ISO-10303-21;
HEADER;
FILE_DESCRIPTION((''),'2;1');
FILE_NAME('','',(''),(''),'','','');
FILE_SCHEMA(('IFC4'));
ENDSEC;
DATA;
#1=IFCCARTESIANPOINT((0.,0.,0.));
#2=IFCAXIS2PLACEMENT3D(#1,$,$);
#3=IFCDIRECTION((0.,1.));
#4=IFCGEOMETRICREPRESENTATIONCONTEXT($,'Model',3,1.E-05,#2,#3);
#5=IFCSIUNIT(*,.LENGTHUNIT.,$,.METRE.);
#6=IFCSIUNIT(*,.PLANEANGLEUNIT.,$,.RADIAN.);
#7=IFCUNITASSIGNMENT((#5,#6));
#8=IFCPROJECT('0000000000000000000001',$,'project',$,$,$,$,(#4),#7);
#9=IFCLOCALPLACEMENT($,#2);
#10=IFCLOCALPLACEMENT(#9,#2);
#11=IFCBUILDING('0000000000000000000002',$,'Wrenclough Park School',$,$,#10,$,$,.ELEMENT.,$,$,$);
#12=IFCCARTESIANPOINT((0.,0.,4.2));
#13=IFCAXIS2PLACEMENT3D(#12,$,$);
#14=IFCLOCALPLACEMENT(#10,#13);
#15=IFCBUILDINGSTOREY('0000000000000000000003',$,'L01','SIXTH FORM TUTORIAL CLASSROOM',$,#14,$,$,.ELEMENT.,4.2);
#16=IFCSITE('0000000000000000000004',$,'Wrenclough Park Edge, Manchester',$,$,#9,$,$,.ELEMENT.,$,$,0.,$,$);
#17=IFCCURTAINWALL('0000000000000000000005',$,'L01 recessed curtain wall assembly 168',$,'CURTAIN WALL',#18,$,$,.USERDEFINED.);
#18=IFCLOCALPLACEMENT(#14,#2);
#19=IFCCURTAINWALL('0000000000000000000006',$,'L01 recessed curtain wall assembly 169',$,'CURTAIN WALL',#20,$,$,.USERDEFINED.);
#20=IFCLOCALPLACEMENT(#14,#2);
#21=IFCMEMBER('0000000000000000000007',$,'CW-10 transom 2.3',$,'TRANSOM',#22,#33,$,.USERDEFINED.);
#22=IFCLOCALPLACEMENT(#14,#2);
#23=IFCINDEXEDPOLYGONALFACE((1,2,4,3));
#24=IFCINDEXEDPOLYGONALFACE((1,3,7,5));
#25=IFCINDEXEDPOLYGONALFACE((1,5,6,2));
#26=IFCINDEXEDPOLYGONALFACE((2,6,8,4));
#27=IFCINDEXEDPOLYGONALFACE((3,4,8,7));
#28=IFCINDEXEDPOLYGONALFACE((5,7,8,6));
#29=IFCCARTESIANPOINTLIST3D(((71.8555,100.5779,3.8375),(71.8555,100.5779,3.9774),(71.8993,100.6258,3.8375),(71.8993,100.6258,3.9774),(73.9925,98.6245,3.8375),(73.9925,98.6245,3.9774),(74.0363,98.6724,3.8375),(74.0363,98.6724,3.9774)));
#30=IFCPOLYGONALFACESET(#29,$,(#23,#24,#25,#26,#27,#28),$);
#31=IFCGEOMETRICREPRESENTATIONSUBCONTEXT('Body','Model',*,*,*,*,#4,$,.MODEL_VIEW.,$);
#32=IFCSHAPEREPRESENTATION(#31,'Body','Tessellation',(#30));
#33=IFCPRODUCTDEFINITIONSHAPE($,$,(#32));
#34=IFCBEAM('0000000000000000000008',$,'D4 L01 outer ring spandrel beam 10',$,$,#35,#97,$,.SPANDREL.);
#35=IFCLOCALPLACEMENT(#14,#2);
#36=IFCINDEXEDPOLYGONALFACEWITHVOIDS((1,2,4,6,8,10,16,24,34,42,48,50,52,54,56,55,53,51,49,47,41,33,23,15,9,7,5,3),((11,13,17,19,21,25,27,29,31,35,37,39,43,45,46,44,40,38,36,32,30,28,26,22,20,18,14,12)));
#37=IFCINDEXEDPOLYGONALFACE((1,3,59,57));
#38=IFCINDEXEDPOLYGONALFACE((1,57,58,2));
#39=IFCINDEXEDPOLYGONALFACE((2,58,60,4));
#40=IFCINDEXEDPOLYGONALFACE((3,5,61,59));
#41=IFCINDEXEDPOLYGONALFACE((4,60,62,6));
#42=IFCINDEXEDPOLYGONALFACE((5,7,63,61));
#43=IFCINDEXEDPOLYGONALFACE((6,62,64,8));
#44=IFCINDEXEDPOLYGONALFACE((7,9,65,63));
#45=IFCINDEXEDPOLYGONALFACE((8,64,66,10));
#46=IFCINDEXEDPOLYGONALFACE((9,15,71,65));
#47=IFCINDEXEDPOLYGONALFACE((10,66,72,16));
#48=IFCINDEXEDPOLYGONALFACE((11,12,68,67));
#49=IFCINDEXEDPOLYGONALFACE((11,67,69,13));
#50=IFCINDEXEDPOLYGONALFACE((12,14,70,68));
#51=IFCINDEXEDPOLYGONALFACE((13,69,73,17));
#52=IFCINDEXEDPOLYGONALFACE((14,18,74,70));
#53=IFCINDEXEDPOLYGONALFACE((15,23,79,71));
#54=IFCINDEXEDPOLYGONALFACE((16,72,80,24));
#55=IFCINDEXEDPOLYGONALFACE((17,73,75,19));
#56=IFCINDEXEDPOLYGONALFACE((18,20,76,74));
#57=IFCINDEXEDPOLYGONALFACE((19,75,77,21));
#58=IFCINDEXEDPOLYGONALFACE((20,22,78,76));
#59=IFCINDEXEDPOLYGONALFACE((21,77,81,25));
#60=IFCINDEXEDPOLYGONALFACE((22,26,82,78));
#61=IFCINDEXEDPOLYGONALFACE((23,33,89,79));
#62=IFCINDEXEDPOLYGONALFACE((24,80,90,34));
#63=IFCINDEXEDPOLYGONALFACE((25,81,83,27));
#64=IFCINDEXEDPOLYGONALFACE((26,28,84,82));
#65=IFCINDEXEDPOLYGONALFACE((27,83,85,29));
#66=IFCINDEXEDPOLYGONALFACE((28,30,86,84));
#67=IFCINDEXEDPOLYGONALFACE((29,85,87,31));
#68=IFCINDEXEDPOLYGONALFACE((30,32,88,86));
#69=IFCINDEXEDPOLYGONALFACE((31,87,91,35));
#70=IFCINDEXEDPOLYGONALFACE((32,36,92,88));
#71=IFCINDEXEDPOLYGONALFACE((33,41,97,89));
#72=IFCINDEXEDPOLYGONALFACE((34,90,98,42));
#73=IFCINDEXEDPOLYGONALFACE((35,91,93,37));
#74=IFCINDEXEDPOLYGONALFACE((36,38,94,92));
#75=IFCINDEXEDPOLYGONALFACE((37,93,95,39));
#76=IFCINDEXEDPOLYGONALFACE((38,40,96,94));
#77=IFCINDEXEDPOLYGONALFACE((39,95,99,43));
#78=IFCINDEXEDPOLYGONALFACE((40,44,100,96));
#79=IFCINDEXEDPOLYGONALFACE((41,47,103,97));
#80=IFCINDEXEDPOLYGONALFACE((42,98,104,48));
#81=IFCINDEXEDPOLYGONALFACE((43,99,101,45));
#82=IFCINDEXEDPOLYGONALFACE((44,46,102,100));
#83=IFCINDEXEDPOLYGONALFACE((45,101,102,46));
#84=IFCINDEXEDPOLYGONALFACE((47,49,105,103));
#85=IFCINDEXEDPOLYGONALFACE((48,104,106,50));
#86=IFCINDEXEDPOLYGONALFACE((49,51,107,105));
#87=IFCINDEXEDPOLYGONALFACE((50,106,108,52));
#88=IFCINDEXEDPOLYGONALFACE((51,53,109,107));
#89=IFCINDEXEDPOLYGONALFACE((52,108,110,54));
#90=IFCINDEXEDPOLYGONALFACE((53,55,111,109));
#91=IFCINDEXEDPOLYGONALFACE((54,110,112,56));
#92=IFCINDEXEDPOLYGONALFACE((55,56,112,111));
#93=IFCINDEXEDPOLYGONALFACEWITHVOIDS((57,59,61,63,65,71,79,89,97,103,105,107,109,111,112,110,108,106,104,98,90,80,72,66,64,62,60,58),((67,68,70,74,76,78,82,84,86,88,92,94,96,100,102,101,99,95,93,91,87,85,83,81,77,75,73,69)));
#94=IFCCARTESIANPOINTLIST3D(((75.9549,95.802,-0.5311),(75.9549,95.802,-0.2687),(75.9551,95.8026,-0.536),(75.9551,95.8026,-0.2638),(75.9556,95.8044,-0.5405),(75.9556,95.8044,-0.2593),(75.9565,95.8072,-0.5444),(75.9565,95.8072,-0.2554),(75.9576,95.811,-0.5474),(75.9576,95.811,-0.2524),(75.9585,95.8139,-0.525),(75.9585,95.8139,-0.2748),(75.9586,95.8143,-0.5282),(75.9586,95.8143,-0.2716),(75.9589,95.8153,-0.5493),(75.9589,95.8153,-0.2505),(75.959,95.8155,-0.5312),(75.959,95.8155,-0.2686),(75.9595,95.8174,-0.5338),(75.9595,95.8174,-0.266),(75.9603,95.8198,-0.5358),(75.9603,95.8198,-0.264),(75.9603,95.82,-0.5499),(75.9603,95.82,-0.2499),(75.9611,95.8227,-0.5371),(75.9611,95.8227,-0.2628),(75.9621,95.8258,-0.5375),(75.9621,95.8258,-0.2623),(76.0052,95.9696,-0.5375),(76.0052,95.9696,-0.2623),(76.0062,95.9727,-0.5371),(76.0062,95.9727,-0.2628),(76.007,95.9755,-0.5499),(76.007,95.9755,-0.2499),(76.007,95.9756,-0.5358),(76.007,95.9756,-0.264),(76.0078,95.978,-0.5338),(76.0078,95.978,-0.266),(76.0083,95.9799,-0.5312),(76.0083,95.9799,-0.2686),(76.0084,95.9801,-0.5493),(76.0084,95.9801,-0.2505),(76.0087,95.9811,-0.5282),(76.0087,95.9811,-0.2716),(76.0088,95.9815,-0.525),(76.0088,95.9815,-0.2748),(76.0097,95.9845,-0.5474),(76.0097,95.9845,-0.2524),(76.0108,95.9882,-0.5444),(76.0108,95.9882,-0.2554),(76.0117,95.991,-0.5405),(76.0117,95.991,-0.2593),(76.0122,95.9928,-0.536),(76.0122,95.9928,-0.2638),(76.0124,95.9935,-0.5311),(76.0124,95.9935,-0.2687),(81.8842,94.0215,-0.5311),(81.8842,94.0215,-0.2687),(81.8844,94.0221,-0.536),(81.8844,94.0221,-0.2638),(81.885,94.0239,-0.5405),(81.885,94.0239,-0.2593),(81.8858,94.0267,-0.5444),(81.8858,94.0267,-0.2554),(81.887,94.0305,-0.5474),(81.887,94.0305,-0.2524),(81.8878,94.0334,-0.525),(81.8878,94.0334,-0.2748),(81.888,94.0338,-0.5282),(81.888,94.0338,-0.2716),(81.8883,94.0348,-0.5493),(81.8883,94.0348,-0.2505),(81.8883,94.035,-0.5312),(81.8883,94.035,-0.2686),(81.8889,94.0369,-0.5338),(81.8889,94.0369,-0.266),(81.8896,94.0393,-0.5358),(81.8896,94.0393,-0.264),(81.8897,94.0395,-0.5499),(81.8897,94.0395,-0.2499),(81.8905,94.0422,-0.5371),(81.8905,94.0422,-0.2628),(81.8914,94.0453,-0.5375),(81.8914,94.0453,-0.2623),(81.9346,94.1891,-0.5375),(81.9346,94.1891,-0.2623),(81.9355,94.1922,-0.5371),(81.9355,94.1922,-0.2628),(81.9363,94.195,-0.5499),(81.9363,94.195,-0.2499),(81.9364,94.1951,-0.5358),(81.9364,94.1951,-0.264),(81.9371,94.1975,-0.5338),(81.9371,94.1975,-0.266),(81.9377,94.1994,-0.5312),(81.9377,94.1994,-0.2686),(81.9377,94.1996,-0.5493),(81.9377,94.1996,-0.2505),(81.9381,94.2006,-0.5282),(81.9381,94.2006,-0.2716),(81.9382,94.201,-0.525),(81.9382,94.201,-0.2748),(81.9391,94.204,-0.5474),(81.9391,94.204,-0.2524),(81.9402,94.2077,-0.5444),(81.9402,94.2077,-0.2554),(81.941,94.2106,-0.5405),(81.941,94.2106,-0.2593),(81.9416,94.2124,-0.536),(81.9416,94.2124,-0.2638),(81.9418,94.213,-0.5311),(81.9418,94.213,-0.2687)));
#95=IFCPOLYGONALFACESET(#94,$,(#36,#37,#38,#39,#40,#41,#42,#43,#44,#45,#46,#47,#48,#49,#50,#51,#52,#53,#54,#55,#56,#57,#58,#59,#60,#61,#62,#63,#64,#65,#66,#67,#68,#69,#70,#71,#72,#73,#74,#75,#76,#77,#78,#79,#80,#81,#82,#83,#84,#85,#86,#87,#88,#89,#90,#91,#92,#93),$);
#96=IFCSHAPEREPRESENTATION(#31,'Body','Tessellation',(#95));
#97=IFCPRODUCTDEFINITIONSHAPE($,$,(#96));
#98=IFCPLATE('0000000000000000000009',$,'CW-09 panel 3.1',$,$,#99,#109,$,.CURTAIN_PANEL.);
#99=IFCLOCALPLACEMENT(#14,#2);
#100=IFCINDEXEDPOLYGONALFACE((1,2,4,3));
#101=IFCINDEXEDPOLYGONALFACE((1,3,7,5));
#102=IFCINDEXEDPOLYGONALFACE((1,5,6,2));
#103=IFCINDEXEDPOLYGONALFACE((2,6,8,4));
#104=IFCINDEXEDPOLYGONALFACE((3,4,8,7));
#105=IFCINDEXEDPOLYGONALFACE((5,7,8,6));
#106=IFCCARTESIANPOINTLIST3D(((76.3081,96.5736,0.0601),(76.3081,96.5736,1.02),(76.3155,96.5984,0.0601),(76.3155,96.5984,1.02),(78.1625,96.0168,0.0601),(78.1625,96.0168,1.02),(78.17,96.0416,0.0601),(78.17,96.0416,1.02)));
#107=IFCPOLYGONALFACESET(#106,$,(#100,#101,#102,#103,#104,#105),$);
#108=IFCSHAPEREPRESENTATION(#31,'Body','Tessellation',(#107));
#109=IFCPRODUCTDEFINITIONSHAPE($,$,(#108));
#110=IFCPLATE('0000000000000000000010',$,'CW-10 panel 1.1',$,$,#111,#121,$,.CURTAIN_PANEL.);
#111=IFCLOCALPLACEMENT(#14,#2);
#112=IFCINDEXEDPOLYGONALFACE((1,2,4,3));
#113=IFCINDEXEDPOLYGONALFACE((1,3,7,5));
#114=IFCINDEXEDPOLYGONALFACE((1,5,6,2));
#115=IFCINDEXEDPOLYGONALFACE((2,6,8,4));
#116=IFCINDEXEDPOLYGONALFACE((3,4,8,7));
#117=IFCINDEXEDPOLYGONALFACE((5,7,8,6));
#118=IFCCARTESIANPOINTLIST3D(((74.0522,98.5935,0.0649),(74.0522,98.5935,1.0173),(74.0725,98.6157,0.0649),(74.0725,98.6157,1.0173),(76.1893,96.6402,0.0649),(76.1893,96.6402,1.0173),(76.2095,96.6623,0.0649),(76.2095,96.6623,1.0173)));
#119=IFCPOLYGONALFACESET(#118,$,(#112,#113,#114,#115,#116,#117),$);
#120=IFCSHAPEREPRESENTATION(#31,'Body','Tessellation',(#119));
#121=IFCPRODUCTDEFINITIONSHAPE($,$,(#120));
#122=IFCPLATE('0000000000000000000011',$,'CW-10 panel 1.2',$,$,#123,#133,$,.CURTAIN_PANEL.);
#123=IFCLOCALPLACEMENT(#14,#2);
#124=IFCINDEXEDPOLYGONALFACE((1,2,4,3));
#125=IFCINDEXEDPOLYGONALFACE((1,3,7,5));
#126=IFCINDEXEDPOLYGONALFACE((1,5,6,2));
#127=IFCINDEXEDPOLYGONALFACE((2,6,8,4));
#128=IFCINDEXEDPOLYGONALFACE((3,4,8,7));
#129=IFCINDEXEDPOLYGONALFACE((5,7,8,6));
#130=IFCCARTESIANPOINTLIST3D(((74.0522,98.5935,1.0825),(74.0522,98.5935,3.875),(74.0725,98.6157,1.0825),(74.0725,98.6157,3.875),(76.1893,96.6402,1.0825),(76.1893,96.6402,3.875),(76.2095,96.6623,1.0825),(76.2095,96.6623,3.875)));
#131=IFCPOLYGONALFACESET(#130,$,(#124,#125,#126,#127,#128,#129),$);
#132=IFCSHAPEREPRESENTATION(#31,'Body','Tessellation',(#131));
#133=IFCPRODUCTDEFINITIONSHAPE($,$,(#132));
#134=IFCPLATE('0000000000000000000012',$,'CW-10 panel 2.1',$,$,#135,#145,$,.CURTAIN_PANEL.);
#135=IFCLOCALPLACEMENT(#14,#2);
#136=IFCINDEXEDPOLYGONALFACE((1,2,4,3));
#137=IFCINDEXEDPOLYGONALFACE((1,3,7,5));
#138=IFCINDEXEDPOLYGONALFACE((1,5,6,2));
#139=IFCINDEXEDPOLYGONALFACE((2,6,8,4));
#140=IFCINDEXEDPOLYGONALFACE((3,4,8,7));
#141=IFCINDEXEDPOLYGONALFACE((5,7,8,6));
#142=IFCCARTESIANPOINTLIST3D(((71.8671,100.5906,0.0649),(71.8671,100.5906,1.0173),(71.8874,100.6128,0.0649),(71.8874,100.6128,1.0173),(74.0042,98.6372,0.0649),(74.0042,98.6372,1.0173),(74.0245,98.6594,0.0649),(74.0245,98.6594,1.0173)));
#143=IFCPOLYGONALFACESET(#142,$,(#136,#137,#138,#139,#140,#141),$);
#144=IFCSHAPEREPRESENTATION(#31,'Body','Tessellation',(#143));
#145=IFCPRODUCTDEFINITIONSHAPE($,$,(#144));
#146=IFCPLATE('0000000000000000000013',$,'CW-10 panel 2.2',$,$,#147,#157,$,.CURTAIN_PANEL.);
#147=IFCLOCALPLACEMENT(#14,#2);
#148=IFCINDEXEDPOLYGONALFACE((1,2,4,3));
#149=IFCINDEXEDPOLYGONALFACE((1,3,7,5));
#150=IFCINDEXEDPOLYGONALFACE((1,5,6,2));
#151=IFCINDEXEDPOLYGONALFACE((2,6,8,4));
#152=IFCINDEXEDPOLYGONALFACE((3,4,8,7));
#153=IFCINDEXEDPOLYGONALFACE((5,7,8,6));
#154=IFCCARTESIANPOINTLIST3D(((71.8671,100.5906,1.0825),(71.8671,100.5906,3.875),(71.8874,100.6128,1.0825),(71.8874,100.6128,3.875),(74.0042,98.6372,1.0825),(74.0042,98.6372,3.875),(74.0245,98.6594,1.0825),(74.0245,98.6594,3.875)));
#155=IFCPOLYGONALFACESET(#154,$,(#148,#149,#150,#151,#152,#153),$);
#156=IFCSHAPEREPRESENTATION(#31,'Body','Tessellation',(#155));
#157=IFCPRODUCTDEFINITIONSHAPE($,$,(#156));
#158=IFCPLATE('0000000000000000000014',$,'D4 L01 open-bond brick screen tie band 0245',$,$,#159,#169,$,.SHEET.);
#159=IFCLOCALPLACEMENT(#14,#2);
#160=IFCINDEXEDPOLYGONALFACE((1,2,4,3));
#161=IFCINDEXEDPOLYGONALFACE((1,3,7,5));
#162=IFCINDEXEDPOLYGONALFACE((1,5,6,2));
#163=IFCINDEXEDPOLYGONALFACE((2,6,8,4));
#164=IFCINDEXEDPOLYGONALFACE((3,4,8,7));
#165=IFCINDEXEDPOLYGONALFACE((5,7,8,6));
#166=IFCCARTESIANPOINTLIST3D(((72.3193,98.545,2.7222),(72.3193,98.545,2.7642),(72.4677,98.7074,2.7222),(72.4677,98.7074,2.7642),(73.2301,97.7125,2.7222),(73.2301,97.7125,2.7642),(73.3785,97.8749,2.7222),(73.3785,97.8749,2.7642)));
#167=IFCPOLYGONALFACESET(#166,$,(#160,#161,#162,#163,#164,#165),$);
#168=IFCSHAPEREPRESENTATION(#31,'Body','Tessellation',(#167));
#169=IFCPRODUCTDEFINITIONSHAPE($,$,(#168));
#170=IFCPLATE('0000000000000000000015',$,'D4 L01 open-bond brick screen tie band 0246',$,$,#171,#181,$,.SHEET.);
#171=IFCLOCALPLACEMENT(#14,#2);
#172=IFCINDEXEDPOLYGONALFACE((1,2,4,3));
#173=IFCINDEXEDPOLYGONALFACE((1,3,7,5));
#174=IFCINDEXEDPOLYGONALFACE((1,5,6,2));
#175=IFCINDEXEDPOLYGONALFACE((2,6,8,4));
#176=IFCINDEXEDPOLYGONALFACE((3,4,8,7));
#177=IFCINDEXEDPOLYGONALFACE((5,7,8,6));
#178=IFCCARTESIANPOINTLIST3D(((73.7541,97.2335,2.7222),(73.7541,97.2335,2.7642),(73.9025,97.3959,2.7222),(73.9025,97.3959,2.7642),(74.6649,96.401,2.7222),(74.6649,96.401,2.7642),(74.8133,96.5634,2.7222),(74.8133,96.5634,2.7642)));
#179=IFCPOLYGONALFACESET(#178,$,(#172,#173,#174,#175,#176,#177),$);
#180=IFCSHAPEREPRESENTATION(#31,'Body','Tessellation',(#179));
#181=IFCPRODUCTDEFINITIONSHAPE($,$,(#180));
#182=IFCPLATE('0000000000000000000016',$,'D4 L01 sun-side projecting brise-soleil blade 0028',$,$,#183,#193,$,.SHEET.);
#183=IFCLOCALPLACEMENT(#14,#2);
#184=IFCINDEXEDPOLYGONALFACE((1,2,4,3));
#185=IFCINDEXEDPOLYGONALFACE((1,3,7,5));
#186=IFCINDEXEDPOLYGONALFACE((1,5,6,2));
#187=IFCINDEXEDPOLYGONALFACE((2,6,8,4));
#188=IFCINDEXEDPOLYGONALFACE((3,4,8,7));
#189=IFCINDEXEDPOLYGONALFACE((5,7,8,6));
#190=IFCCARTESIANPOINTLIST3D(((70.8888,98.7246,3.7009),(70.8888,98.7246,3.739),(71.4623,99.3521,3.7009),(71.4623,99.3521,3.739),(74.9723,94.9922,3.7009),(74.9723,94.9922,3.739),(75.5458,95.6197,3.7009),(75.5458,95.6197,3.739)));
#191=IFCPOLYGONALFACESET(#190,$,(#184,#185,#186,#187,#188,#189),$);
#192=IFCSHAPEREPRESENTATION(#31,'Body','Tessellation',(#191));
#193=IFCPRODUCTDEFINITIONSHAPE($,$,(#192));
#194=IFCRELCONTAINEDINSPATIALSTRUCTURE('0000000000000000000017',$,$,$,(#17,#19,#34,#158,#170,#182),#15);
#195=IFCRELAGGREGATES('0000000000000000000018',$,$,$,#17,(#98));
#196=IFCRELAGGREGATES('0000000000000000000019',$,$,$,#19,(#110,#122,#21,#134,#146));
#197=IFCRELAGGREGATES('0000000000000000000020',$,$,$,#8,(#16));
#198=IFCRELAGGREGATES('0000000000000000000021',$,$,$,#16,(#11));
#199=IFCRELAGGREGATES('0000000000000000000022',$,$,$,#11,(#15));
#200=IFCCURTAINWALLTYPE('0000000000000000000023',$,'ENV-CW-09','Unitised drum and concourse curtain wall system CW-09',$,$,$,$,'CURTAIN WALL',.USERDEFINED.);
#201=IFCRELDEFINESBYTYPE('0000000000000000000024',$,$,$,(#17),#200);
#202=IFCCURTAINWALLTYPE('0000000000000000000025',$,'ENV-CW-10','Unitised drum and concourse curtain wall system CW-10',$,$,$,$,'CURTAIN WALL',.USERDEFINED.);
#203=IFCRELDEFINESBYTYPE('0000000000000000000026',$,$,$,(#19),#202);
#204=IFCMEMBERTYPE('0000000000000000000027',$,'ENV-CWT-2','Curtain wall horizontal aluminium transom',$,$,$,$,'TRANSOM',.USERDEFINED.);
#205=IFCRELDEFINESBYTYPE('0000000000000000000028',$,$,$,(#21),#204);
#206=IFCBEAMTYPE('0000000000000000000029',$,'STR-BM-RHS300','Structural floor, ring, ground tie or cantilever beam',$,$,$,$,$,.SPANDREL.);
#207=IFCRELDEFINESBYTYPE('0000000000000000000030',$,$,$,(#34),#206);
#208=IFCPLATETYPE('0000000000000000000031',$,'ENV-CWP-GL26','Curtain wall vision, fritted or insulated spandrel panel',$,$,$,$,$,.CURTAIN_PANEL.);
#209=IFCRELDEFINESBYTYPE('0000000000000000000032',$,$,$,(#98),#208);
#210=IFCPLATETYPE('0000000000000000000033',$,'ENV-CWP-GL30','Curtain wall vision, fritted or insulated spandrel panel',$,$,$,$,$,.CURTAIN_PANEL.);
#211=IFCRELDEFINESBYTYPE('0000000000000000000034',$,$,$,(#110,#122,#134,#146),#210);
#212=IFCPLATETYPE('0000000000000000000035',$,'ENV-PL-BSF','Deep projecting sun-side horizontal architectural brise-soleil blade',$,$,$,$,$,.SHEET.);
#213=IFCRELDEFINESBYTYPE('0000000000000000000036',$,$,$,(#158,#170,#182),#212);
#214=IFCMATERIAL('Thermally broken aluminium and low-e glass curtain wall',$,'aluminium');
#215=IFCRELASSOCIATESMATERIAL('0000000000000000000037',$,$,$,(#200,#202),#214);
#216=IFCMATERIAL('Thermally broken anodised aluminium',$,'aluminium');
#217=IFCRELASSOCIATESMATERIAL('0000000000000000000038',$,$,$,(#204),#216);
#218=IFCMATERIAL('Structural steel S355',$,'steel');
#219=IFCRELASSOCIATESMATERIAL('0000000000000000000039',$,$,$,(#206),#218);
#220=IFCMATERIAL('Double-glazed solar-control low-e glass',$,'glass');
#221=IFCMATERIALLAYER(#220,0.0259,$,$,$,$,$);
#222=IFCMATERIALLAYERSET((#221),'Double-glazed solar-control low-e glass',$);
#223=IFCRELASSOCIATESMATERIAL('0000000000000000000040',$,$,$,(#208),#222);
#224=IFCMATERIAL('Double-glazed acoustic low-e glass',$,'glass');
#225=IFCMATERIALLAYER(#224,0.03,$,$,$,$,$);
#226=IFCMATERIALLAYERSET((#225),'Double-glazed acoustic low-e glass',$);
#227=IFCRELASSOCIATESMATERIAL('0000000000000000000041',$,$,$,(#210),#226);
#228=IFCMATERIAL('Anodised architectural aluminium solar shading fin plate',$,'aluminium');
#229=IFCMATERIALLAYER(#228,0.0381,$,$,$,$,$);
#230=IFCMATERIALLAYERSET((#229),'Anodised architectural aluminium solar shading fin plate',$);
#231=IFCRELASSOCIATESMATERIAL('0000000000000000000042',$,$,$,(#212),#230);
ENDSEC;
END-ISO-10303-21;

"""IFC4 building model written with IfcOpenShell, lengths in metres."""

from ifc_helpers import new_model, si_unit, direction, frame, origin, origin_2d, place, context, subcontext, project, spatial, rectangle, hollow_rectangle, extrude, material, layer, layer_set, material_profile, profile_set, type_object, element, aggregate, save


model = new_model("IFC4")

# Units and contexts
model_context = context("Model", 3, precision=1e-05, world=origin(), true_north=direction((0.0, 1.0)))
body_context = subcontext(model_context, "Body", "Model", "MODEL_VIEW")
ifc_project = project(units=[si_unit("LENGTHUNIT", "METRE"), si_unit("PLANEANGLEUNIT", "RADIAN")], contexts=[model_context])

# Site, building, storey
site_placement = place(None, origin())
site = spatial("IfcSite", under=ifc_project, at=site_placement, Name="Wrenclough Park Edge, Manchester", CompositionType="ELEMENT", RefElevation=0.0)
building_placement = place(site_placement, origin())
building = spatial("IfcBuilding", under=site, at=building_placement, Name="Wrenclough Park School", CompositionType="ELEMENT")
storey_placement = place(building_placement, frame((0.0, 0.0, 4.2)))
storey = spatial("IfcBuildingStorey", under=building, at=storey_placement, Name="L01", Description="SIXTH FORM TUTORIAL CLASSROOM", CompositionType="ELEMENT", Elevation=4.2)

# Shared definitions
ifc_material_1 = material(Name="Structural steel S355", Category="steel")

# Curtain wall
ifc_material_2 = material(Name="Thermally broken aluminium and low-e glass curtain wall", Category="aluminium")
curtain_wall_type_1 = type_object("IfcCurtainWallType", Name="ENV-CW-09", Description="Unitised drum and concourse curtain wall system CW-09", ElementType="CURTAIN WALL", PredefinedType="USERDEFINED", material=ifc_material_2)
curtain_wall_1_placement = place(storey_placement, origin())
curtain_wall_1 = element("IfcCurtainWall", 1, at=curtain_wall_1_placement, inside=storey, type_object=curtain_wall_type_1, Name="L01 recessed curtain wall assembly 168", ObjectType="CURTAIN WALL", PredefinedType="USERDEFINED")
ifc_material_3 = material(Name="Thermally broken anodised aluminium", Category="aluminium")

# Curtain wall, member
curtain_wall_type_2 = type_object("IfcCurtainWallType", Name="ENV-CW-10", Description="Unitised drum and concourse curtain wall system CW-10", ElementType="CURTAIN WALL", PredefinedType="USERDEFINED", material=ifc_material_2)
curtain_wall_2_placement = place(storey_placement, origin())
curtain_wall_2 = element("IfcCurtainWall", 2, at=curtain_wall_2_placement, inside=storey, type_object=curtain_wall_type_2, Name="L01 recessed curtain wall assembly 169", ObjectType="CURTAIN WALL", PredefinedType="USERDEFINED")
ifc_material_profile_1 = material_profile(ifc_material_3, rectangle(XDim=0.0649, YDim=0.1399, at=origin_2d()), Name="AL TRANSOM 65x140")
ifc_profile_set_1 = profile_set([ifc_material_profile_1], Name="Thermally broken anodised aluminium")
member_type_1 = type_object("IfcMemberType", Name="ENV-CWT-2", Description="Curtain wall horizontal aluminium transom", ElementType="TRANSOM", PredefinedType="USERDEFINED", material=ifc_profile_set_1)
member_1_placement = place(storey_placement, frame((74.0144, 98.6484, 3.9075), z_axis=(-0.738102, 0.674689, 0.0), x_axis=(-0.674689, -0.738102, 0.0)))
member_1 = element("IfcMember", 3, at=member_1_placement, type_object=member_type_1, Name="CW-10 transom 2.3", ObjectType="TRANSOM", PredefinedType="USERDEFINED", context=body_context, shape_type="SweptSolid", body=[
    extrude(rectangle(XDim=0.0649, YDim=0.1399, at=origin_2d()), origin(), (0.0, 0.0, 1.0), 2.8953),
])

# Beam
ifc_material_profile_2 = material_profile(ifc_material_1, hollow_rectangle(XDim=0.2, YDim=0.3, WallThickness=0.0125, InnerFilletRadius=0.0125, OuterFilletRadius=0.0188, at=origin_2d()), Name="RHS 300x200x12.5")
ifc_profile_set_2 = profile_set([ifc_material_profile_2], Name="Structural steel S355")
beam_type = type_object("IfcBeamType", Name="STR-BM-RHS300", Description="Structural floor, ring, ground tie or cantilever beam", PredefinedType="SPANDREL", material=ifc_profile_set_2)
beam_placement = place(storey_placement, frame((75.9836, 95.8977, -0.3999), z_axis=(0.957751, -0.287598, 0.0), x_axis=(0.287598, 0.957751, 0.0)))
element("IfcBeam", 4, at=beam_placement, inside=storey, type_object=beam_type, Name="D4 L01 outer ring spandrel beam 10", PredefinedType="SPANDREL", context=body_context, shape_type="SweptSolid", body=[
    extrude(hollow_rectangle(XDim=0.2, YDim=0.3, WallThickness=0.0125, InnerFilletRadius=0.0125, OuterFilletRadius=0.0188, at=origin_2d()), origin(), (0.0, 0.0, 1.0), 6.1909),
])

# Plates
ifc_material_4 = material(Name="Double-glazed solar-control low-e glass", Category="glass")
ifc_layer_1 = layer(ifc_material_4, 0.0259)
ifc_layer_set_1 = layer_set([ifc_layer_1], Name="Double-glazed solar-control low-e glass")
plate_type_1 = type_object("IfcPlateType", Name="ENV-CWP-GL26", Description="Curtain wall vision, fritted or insulated spandrel panel", PredefinedType="CURTAIN_PANEL", material=ifc_layer_set_1)
plate_1_placement = place(storey_placement, frame((77.239, 96.3076, 0.0601), z_axis=(0.0, 0.0, 1.0), x_axis=(-0.957756, 0.287583, 0.0)))
plate_1 = element("IfcPlate", 5, at=plate_1_placement, type_object=plate_type_1, Name="CW-09 panel 3.1", PredefinedType="CURTAIN_PANEL", context=body_context, shape_type="SweptSolid", body=[
    extrude(rectangle(XDim=1.9363, YDim=0.0259, at=origin_2d()), origin(), (0.0, 0.0, 1.0), 0.96),
])
aggregate(curtain_wall_1, [plate_1])
ifc_material_5 = material(Name="Double-glazed acoustic low-e glass", Category="glass")
ifc_layer_2 = layer(ifc_material_5, 0.03)
ifc_layer_set_2 = layer_set([ifc_layer_2], Name="Double-glazed acoustic low-e glass")
plate_type_2 = type_object("IfcPlateType", Name="ENV-CWP-GL30", Description="Curtain wall vision, fritted or insulated spandrel panel", PredefinedType="CURTAIN_PANEL", material=ifc_layer_set_2)
plate_2_placement = place(storey_placement, frame((75.1309, 97.6279, 0.0649), z_axis=(0.0, 0.0, 1.0), x_axis=(-0.738121, 0.674669, 0.0)))
plate_2 = element("IfcPlate", 6, at=plate_2_placement, type_object=plate_type_2, Name="CW-10 panel 1.1", PredefinedType="CURTAIN_PANEL", context=body_context, shape_type="SweptSolid", body=[
    extrude(rectangle(XDim=2.8953, YDim=0.03, at=origin_2d()), origin(), (0.0, 0.0, 1.0), 0.9524),
])
plate_3_placement = place(storey_placement, frame((75.1309, 97.6279, 1.0825), z_axis=(0.0, 0.0, 1.0), x_axis=(-0.738121, 0.674669, 0.0)))
plate_3 = element("IfcPlate", 7, at=plate_3_placement, type_object=plate_type_2, Name="CW-10 panel 1.2", PredefinedType="CURTAIN_PANEL", context=body_context, shape_type="SweptSolid", body=[
    extrude(rectangle(XDim=2.8953, YDim=0.03, at=origin_2d()), origin(), (0.0, 0.0, 1.0), 2.7925),
])
plate_4_placement = place(storey_placement, frame((72.9458, 99.625, 0.0649), z_axis=(0.0, 0.0, 1.0), x_axis=(-0.738121, 0.674669, 0.0)))
plate_4 = element("IfcPlate", 8, at=plate_4_placement, type_object=plate_type_2, Name="CW-10 panel 2.1", PredefinedType="CURTAIN_PANEL", context=body_context, shape_type="SweptSolid", body=[
    extrude(rectangle(XDim=2.8953, YDim=0.03, at=origin_2d()), origin(), (0.0, 0.0, 1.0), 0.9524),
])
plate_5_placement = place(storey_placement, frame((72.9458, 99.625, 1.0825), z_axis=(0.0, 0.0, 1.0), x_axis=(-0.738121, 0.674669, 0.0)))
plate_5 = element("IfcPlate", 9, at=plate_5_placement, type_object=plate_type_2, Name="CW-10 panel 2.2", PredefinedType="CURTAIN_PANEL", context=body_context, shape_type="SweptSolid", body=[
    extrude(rectangle(XDim=2.8953, YDim=0.03, at=origin_2d()), origin(), (0.0, 0.0, 1.0), 2.7925),
])
aggregate(curtain_wall_2, [plate_2, plate_3, member_1, plate_4, plate_5])

# Plates
ifc_material_6 = material(Name="Anodised architectural aluminium solar shading fin plate", Category="aluminium")
ifc_layer_3 = layer(ifc_material_6, 0.0381)
ifc_layer_set_3 = layer_set([ifc_layer_3], Name="Anodised architectural aluminium solar shading fin plate")
plate_type_3 = type_object("IfcPlateType", Name="ENV-PL-BSF", Description="Deep projecting sun-side horizontal architectural brise-soleil blade", PredefinedType="SHEET", material=ifc_layer_set_3)
for number, where, z_axis, x_axis, name in (
    (10, (72.8489, 98.21, 2.7222), (0.0, 0.0, 1.0), (0.738123, -0.674666, 0.0), "D4 L01 open-bond brick screen tie band 0245"),
    (11, (74.2837, 96.8984, 2.7222), (0.0, 0.0, 1.0), (0.738123, -0.674666, 0.0), "D4 L01 open-bond brick screen tie band 0246"),
):
    element("IfcPlate", number, at=place(storey_placement, frame(where, z_axis=z_axis, x_axis=x_axis)), inside=storey, type_object=plate_type_3, Name=name, PredefinedType="SHEET", context=body_context, shape_type="SweptSolid", body=[
        extrude(rectangle(XDim=1.2339, YDim=0.22, at=origin_2d()), origin(), (0.0, 0.0, 1.0), 0.042),
    ])
plate_6_placement = place(storey_placement, frame((73.2173, 97.1721, 3.7009), z_axis=(0.0, 0.0, 1.0), x_axis=(0.738123, -0.674666, 0.0)))
element("IfcPlate", 12, at=plate_6_placement, inside=storey, type_object=plate_type_3, Name="D4 L01 sun-side projecting brise-soleil blade 0028", PredefinedType="SHEET", context=body_context, shape_type="SweptSolid", body=[
    extrude(rectangle(XDim=5.5322, YDim=0.8501, at=origin_2d()), origin(), (0.0, 0.0, 1.0), 0.0381),
])

save(model, "model.ifc")
